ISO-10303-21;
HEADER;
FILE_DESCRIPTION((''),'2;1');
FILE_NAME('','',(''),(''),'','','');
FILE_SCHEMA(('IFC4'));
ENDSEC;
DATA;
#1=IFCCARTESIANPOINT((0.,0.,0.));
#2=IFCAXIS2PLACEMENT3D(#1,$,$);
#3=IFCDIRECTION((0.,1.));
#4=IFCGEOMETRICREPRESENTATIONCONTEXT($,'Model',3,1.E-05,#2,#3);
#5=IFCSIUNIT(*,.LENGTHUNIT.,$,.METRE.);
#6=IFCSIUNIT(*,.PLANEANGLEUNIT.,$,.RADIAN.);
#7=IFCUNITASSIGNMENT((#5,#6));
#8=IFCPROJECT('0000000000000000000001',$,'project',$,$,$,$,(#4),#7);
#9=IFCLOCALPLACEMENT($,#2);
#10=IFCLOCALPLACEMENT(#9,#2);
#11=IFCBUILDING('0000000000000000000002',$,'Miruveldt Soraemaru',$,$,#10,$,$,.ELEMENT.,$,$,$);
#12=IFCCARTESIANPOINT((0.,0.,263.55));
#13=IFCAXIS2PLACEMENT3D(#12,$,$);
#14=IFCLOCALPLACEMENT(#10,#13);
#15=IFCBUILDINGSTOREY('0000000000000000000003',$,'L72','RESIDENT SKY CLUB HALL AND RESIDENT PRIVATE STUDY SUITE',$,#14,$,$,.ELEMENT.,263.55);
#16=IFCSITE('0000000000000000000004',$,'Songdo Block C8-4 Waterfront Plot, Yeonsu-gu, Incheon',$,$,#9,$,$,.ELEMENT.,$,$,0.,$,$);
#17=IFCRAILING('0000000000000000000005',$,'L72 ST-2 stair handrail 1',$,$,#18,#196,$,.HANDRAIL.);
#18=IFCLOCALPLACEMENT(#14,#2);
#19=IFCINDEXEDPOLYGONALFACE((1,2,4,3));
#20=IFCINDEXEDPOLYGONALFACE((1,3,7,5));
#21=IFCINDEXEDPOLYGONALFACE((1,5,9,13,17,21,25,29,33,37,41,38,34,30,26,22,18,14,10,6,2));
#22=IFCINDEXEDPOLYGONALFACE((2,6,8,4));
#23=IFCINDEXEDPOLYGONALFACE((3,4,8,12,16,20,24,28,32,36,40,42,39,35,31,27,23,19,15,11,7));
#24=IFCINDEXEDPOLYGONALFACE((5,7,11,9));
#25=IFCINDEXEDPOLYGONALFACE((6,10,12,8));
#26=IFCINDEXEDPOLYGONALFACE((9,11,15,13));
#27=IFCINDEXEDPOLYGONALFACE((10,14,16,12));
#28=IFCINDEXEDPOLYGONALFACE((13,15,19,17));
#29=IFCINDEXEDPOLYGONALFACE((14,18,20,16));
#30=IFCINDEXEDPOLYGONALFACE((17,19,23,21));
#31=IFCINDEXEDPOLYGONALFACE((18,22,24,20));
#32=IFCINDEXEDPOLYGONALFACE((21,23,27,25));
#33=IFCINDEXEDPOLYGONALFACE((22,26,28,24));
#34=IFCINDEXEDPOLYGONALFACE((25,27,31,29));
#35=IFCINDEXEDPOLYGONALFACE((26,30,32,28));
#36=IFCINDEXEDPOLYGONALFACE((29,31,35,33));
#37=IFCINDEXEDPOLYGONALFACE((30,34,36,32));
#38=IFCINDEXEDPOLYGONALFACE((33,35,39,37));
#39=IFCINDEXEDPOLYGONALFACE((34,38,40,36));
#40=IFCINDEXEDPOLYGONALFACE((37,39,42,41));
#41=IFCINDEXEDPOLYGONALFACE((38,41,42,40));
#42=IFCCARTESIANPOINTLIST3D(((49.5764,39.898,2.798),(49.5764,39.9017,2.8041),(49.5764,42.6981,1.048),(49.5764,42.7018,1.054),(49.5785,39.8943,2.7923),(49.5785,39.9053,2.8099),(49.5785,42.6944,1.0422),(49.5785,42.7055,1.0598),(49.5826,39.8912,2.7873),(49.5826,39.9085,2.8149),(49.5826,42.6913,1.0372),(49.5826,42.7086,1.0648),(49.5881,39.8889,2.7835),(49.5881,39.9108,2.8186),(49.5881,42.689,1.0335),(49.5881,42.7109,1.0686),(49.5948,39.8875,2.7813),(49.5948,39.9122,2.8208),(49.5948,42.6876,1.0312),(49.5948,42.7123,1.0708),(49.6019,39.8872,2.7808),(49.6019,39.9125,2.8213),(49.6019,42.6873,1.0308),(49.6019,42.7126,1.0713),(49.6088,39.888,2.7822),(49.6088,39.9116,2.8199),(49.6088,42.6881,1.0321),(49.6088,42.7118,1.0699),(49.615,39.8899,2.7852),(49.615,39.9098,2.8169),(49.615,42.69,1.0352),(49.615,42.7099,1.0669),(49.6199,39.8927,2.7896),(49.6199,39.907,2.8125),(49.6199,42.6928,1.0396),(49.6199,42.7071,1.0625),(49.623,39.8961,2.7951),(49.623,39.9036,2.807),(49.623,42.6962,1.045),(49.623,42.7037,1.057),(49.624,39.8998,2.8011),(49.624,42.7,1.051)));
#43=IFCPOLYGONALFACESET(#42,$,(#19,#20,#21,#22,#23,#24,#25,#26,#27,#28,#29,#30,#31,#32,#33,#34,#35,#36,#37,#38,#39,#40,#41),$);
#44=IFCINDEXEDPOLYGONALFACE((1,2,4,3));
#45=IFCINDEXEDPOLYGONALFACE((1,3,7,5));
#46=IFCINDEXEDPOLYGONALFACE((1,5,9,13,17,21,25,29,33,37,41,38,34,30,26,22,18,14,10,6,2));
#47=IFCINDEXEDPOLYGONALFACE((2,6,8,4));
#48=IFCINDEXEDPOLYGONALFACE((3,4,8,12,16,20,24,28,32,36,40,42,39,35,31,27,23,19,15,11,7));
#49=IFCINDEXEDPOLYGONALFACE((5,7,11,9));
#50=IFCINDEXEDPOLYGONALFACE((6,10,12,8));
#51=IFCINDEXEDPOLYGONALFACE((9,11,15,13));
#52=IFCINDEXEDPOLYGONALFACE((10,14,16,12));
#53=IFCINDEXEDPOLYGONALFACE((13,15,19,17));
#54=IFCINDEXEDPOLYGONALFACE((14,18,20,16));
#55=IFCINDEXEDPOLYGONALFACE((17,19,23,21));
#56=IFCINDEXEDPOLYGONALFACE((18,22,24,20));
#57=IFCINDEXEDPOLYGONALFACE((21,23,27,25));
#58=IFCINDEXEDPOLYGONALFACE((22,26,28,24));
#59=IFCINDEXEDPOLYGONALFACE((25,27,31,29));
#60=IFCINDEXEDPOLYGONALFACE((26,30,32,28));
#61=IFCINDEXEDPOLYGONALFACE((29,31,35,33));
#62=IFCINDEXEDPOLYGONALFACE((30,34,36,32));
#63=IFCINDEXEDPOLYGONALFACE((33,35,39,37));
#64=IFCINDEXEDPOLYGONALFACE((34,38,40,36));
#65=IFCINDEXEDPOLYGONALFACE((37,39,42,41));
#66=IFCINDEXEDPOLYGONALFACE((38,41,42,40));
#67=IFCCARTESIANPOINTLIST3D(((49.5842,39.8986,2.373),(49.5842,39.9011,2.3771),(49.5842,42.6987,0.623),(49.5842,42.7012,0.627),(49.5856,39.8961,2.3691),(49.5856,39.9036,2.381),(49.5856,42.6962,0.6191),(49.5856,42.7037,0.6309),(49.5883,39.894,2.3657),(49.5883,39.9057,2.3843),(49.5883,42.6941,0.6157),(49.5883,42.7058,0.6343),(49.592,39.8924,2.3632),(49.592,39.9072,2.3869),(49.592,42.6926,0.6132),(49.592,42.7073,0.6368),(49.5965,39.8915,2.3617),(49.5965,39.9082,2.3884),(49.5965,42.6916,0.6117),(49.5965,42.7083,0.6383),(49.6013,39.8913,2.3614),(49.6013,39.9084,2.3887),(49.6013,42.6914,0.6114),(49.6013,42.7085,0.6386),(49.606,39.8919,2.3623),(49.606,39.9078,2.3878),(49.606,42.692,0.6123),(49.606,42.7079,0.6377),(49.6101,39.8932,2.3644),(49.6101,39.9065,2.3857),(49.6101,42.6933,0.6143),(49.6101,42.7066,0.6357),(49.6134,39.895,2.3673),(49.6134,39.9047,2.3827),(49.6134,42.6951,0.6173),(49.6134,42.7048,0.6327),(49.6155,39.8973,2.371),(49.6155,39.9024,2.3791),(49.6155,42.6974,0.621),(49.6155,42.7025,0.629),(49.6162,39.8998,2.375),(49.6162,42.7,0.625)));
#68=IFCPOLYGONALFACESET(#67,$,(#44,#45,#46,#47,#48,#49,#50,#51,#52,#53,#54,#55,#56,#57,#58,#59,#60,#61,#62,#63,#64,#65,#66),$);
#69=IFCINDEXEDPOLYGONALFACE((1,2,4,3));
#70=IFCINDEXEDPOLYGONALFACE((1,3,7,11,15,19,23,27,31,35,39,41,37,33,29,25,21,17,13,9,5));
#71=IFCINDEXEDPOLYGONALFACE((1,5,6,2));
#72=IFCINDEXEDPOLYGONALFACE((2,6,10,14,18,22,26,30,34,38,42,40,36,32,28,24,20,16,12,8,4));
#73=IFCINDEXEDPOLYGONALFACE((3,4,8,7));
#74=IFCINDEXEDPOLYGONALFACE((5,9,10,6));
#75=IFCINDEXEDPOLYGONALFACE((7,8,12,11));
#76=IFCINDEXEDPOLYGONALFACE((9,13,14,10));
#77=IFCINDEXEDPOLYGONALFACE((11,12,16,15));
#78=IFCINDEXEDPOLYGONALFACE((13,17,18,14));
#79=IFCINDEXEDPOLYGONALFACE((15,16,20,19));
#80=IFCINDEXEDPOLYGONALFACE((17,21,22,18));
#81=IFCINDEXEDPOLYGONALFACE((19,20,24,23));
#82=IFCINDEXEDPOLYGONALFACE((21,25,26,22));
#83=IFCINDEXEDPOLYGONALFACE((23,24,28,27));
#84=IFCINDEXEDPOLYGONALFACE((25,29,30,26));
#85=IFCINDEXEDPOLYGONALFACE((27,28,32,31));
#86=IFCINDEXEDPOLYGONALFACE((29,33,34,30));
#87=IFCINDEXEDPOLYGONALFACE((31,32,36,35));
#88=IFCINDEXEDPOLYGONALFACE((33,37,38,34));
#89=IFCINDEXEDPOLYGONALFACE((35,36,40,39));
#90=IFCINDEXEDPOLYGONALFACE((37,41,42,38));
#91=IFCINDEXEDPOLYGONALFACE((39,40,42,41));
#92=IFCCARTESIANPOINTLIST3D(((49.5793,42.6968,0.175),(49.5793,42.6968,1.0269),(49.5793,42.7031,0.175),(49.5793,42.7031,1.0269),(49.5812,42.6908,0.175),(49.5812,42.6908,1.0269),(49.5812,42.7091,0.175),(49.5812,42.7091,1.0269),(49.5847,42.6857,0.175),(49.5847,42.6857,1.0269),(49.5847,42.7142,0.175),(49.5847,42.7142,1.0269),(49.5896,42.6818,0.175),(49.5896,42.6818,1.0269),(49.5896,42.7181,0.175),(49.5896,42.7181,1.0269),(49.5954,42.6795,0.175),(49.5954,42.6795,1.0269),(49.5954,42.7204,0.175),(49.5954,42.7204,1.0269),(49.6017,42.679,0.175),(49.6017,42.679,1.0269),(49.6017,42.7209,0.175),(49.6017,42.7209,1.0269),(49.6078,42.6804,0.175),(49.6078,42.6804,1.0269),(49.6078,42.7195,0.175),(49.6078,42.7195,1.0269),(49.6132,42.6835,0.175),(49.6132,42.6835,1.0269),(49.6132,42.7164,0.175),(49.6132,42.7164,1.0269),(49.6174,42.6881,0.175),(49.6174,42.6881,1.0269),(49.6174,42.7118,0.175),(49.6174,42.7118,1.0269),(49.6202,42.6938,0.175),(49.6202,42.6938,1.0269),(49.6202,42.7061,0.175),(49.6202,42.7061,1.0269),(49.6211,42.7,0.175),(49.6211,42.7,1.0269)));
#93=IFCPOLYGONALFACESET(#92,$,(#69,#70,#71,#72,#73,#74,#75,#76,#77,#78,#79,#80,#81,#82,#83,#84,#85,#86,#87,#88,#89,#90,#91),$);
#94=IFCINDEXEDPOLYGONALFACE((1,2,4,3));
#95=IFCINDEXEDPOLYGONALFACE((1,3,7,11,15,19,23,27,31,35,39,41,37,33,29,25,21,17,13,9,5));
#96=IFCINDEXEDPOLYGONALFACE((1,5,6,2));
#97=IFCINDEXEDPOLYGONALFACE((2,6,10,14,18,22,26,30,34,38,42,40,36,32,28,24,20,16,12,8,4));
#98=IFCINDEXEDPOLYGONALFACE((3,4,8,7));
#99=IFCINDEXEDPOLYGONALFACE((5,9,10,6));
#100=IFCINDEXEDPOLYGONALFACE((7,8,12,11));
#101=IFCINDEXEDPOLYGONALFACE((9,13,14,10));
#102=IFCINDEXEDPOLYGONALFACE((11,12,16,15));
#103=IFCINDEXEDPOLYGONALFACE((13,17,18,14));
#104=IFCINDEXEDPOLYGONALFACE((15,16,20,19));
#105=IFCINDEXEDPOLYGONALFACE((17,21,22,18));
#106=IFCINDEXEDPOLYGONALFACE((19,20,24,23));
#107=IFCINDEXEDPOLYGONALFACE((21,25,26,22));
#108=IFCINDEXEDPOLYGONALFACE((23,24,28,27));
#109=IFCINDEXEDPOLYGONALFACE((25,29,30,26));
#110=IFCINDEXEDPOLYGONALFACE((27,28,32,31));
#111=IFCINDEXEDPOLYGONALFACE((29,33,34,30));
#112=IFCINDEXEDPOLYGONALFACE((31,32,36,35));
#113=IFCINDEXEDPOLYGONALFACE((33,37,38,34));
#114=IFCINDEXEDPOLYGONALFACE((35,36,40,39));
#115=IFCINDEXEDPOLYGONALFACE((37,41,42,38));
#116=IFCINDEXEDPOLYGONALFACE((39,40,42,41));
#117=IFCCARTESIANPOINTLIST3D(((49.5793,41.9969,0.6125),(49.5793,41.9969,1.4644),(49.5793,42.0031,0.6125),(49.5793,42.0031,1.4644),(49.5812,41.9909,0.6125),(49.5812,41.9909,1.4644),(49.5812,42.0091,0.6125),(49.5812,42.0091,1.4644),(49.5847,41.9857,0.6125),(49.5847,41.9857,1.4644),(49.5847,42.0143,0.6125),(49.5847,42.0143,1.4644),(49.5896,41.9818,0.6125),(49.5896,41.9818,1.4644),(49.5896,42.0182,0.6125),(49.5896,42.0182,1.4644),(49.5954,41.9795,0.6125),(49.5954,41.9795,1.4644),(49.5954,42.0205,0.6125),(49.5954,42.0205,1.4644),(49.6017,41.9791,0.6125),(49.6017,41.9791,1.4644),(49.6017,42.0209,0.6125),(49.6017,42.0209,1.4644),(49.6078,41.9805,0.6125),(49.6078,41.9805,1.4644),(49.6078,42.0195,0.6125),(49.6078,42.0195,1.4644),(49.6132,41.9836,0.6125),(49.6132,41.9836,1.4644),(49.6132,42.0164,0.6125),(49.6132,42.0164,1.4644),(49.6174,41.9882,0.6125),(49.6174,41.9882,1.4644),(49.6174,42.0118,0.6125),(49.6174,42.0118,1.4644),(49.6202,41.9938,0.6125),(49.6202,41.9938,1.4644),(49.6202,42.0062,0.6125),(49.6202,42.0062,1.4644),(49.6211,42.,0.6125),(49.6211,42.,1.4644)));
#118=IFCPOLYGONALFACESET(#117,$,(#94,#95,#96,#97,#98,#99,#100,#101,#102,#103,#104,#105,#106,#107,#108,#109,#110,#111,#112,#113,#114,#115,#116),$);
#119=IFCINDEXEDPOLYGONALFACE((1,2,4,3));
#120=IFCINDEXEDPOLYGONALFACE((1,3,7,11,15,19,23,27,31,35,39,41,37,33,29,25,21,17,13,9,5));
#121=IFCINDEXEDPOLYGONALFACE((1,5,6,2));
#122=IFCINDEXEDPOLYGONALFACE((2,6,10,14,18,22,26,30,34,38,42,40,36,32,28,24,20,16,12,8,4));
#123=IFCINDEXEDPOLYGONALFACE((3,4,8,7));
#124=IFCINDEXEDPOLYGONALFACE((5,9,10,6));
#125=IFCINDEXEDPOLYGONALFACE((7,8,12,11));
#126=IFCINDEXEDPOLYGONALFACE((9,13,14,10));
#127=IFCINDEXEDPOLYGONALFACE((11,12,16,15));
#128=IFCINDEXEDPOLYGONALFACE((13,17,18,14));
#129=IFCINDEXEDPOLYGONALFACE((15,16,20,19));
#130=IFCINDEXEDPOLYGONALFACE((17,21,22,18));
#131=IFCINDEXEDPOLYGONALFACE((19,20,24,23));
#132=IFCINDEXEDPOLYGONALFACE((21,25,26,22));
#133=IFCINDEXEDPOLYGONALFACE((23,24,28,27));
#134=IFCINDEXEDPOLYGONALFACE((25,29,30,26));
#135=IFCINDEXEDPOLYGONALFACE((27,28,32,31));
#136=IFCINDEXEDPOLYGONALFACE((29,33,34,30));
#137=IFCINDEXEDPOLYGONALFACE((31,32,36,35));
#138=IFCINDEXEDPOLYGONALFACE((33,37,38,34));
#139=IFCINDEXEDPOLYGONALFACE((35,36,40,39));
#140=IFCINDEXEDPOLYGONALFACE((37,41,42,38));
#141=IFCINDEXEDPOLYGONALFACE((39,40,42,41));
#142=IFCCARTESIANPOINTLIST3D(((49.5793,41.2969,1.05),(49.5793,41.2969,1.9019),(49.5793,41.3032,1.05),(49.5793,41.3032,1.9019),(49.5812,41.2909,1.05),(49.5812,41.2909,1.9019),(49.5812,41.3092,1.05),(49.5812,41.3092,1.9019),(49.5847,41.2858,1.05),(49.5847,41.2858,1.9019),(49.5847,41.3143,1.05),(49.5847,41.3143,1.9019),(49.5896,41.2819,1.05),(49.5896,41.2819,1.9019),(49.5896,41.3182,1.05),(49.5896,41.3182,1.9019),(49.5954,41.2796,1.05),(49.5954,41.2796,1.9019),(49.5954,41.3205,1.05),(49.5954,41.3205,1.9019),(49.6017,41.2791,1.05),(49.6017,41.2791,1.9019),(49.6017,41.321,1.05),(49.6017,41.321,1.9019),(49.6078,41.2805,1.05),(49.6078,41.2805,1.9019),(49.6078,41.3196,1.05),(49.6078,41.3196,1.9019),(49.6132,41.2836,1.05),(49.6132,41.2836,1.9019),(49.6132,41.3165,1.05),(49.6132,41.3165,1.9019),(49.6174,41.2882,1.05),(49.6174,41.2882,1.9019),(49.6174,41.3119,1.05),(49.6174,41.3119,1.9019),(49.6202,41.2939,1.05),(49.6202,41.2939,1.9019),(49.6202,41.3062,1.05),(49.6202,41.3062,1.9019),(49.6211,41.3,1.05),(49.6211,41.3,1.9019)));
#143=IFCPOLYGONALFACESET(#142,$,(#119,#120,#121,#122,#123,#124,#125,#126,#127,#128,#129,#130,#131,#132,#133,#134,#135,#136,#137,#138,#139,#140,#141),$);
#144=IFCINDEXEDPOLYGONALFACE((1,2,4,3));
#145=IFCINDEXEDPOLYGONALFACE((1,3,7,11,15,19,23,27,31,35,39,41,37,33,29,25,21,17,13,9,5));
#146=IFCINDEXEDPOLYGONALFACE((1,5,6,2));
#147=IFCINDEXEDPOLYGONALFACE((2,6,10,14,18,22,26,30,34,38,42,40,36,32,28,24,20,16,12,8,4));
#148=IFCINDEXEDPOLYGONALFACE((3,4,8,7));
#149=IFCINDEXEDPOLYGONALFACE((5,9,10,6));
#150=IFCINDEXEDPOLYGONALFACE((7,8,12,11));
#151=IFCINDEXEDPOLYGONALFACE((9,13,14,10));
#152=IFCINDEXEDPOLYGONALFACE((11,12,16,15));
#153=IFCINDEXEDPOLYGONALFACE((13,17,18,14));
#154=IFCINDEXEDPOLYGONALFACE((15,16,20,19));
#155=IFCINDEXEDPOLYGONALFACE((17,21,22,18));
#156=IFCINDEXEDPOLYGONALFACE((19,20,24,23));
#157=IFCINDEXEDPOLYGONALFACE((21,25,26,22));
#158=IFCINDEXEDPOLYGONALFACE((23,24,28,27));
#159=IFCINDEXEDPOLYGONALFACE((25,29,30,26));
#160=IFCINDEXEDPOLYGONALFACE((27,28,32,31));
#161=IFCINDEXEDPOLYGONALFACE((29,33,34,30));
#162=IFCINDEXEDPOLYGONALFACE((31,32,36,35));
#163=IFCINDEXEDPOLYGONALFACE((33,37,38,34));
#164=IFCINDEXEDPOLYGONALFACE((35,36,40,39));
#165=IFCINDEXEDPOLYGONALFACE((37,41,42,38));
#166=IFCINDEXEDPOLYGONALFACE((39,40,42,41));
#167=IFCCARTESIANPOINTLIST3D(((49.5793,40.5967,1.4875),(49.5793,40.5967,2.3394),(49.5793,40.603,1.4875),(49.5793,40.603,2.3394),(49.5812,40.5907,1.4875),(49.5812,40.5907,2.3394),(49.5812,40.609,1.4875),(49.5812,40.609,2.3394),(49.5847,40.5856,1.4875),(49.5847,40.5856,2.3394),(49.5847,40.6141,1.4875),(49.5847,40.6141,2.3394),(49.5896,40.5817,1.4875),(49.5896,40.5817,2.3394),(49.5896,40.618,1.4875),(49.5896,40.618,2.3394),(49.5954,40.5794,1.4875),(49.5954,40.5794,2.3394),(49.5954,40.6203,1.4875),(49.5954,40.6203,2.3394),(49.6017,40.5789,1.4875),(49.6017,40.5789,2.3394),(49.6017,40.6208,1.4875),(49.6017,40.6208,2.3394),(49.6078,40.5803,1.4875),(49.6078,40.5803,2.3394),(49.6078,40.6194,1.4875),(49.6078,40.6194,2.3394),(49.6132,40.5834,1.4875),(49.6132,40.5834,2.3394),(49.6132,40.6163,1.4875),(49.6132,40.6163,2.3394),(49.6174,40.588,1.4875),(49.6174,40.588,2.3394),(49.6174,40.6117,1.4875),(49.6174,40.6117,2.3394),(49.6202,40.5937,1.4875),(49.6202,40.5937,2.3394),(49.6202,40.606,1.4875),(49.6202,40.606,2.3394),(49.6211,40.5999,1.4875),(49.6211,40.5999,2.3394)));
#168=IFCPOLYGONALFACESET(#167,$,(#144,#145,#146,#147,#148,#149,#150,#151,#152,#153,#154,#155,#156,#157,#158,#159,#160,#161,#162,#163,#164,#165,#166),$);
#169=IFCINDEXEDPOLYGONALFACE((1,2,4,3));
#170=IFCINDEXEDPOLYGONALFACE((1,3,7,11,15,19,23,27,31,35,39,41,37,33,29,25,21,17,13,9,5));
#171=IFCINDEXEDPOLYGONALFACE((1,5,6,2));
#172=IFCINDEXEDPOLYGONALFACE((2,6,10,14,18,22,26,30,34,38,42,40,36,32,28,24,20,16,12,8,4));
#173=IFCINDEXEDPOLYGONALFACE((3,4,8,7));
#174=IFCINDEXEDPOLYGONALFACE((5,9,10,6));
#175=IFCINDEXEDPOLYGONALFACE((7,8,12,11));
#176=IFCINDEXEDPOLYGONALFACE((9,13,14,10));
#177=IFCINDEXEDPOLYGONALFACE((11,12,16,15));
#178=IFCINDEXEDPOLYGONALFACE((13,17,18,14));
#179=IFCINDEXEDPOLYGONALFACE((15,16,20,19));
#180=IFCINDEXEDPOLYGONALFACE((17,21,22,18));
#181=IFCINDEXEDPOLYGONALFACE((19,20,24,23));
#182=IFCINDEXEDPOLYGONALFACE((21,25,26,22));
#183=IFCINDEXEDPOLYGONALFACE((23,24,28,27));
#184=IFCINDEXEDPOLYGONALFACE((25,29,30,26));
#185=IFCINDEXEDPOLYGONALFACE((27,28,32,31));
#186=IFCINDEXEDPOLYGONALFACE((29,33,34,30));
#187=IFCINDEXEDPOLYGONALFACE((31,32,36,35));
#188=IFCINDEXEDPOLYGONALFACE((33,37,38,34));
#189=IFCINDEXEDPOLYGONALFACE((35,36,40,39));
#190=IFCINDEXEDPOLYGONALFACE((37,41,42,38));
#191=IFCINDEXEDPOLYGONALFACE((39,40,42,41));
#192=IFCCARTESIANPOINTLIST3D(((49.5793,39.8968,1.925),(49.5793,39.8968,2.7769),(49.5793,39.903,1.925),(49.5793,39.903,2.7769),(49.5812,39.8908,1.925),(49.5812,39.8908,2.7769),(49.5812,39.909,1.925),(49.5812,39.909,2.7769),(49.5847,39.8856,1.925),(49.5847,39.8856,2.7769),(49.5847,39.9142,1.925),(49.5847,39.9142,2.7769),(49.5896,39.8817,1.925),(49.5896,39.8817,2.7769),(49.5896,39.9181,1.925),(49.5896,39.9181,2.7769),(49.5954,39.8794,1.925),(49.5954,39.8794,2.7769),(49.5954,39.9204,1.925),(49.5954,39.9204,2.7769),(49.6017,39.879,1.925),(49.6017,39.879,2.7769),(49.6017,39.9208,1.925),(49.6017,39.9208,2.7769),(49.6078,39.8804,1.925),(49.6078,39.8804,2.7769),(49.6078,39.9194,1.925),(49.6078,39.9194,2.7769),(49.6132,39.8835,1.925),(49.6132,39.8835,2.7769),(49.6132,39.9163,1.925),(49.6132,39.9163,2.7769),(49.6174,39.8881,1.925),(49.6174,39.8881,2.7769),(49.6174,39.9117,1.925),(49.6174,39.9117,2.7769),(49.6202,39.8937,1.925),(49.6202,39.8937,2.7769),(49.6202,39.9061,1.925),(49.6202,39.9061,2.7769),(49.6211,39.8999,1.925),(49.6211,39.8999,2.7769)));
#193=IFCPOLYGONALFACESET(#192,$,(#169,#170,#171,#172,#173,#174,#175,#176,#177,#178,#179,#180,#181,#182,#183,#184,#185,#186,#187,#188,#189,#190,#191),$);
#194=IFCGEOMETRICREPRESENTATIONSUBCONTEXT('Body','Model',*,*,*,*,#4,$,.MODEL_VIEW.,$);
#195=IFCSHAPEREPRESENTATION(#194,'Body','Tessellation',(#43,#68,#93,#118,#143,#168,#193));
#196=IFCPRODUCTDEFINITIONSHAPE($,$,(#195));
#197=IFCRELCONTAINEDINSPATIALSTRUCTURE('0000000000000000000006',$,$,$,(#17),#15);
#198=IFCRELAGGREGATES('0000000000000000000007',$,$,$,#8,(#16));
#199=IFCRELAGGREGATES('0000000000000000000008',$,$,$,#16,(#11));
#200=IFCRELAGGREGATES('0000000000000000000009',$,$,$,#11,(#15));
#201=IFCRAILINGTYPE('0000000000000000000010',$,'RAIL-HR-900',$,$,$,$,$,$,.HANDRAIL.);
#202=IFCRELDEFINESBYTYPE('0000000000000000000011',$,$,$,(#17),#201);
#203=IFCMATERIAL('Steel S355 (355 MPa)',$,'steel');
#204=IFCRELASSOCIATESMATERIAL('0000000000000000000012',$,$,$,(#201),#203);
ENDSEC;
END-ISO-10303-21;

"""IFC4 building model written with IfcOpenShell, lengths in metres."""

from ifc_helpers import new_model, si_unit, direction, frame, origin, origin_2d, place, context, subcontext, project, spatial, circle, extrude, material, type_object, element, save


model = new_model("IFC4")

# Units and contexts
model_context = context("Model", 3, precision=1e-05, world=origin(), true_north=direction((0.0, 1.0)))
body_context = subcontext(model_context, "Body", "Model", "MODEL_VIEW")
ifc_project = project(units=[si_unit("LENGTHUNIT", "METRE"), si_unit("PLANEANGLEUNIT", "RADIAN")], contexts=[model_context])

# Site, building, storey
site_placement = place(None, origin())
site = spatial("IfcSite", under=ifc_project, at=site_placement, Name="Songdo Block C8-4 Waterfront Plot, Yeonsu-gu, Incheon", CompositionType="ELEMENT", RefElevation=0.0)
building_placement = place(site_placement, origin())
building = spatial("IfcBuilding", under=site, at=building_placement, Name="Miruveldt Soraemaru", CompositionType="ELEMENT")
storey_placement = place(building_placement, frame((0.0, 0.0, 263.55)))
storey = spatial("IfcBuildingStorey", under=building, at=storey_placement, Name="L72", Description="RESIDENT SKY CLUB HALL AND RESIDENT PRIVATE STUDY SUITE", CompositionType="ELEMENT", Elevation=263.55)

# Railing
ifc_material_1 = material(Name="Steel S355 (355 MPa)", Category="steel")
railing_type_1 = type_object("IfcRailingType", Name="RAIL-HR-900", PredefinedType="HANDRAIL", material=ifc_material_1)
railing_1_placement = place(storey_placement, frame((49.6001, 42.7, 0.175)))
element("IfcRailing", 1, at=railing_1_placement, inside=storey, type_object=railing_type_1, Name="L72 ST-2 stair handrail 1", PredefinedType="HANDRAIL", context=body_context, shape_type="SweptSolid", body=[
    extrude(circle(Radius=0.0239, at=origin_2d()), frame((0.0, 0.0, 0.876), z_axis=(0.0, -0.848002, 0.529992), x_axis=(1.0, 0.0, 0.0)), (0.0, 0.0, 1.0), 3.302),
    extrude(circle(Radius=0.0161, at=origin_2d()), frame((0.0, 0.0, 0.45), z_axis=(0.0, -0.848002, 0.529992), x_axis=(1.0, 0.0, 0.0)), (0.0, 0.0, 1.0), 3.302),
    extrude(circle(Radius=0.021, at=origin_2d()), origin(), (0.0, 0.0, 1.0), 0.8518),
    extrude(circle(Radius=0.021, at=origin_2d()), frame((0.0, -0.7, 0.4375)), (0.0, 0.0, 1.0), 0.8518),
    extrude(circle(Radius=0.021, at=origin_2d()), frame((0.0, -1.3999, 0.875)), (0.0, 0.0, 1.0), 0.8518),
    extrude(circle(Radius=0.021, at=origin_2d()), frame((0.0, -2.1001, 1.3125)), (0.0, 0.0, 1.0), 0.8518),
    extrude(circle(Radius=0.021, at=origin_2d()), frame((0.0, -2.8, 1.75)), (0.0, 0.0, 1.0), 0.8518),
])

save(model, "model.ifc")
